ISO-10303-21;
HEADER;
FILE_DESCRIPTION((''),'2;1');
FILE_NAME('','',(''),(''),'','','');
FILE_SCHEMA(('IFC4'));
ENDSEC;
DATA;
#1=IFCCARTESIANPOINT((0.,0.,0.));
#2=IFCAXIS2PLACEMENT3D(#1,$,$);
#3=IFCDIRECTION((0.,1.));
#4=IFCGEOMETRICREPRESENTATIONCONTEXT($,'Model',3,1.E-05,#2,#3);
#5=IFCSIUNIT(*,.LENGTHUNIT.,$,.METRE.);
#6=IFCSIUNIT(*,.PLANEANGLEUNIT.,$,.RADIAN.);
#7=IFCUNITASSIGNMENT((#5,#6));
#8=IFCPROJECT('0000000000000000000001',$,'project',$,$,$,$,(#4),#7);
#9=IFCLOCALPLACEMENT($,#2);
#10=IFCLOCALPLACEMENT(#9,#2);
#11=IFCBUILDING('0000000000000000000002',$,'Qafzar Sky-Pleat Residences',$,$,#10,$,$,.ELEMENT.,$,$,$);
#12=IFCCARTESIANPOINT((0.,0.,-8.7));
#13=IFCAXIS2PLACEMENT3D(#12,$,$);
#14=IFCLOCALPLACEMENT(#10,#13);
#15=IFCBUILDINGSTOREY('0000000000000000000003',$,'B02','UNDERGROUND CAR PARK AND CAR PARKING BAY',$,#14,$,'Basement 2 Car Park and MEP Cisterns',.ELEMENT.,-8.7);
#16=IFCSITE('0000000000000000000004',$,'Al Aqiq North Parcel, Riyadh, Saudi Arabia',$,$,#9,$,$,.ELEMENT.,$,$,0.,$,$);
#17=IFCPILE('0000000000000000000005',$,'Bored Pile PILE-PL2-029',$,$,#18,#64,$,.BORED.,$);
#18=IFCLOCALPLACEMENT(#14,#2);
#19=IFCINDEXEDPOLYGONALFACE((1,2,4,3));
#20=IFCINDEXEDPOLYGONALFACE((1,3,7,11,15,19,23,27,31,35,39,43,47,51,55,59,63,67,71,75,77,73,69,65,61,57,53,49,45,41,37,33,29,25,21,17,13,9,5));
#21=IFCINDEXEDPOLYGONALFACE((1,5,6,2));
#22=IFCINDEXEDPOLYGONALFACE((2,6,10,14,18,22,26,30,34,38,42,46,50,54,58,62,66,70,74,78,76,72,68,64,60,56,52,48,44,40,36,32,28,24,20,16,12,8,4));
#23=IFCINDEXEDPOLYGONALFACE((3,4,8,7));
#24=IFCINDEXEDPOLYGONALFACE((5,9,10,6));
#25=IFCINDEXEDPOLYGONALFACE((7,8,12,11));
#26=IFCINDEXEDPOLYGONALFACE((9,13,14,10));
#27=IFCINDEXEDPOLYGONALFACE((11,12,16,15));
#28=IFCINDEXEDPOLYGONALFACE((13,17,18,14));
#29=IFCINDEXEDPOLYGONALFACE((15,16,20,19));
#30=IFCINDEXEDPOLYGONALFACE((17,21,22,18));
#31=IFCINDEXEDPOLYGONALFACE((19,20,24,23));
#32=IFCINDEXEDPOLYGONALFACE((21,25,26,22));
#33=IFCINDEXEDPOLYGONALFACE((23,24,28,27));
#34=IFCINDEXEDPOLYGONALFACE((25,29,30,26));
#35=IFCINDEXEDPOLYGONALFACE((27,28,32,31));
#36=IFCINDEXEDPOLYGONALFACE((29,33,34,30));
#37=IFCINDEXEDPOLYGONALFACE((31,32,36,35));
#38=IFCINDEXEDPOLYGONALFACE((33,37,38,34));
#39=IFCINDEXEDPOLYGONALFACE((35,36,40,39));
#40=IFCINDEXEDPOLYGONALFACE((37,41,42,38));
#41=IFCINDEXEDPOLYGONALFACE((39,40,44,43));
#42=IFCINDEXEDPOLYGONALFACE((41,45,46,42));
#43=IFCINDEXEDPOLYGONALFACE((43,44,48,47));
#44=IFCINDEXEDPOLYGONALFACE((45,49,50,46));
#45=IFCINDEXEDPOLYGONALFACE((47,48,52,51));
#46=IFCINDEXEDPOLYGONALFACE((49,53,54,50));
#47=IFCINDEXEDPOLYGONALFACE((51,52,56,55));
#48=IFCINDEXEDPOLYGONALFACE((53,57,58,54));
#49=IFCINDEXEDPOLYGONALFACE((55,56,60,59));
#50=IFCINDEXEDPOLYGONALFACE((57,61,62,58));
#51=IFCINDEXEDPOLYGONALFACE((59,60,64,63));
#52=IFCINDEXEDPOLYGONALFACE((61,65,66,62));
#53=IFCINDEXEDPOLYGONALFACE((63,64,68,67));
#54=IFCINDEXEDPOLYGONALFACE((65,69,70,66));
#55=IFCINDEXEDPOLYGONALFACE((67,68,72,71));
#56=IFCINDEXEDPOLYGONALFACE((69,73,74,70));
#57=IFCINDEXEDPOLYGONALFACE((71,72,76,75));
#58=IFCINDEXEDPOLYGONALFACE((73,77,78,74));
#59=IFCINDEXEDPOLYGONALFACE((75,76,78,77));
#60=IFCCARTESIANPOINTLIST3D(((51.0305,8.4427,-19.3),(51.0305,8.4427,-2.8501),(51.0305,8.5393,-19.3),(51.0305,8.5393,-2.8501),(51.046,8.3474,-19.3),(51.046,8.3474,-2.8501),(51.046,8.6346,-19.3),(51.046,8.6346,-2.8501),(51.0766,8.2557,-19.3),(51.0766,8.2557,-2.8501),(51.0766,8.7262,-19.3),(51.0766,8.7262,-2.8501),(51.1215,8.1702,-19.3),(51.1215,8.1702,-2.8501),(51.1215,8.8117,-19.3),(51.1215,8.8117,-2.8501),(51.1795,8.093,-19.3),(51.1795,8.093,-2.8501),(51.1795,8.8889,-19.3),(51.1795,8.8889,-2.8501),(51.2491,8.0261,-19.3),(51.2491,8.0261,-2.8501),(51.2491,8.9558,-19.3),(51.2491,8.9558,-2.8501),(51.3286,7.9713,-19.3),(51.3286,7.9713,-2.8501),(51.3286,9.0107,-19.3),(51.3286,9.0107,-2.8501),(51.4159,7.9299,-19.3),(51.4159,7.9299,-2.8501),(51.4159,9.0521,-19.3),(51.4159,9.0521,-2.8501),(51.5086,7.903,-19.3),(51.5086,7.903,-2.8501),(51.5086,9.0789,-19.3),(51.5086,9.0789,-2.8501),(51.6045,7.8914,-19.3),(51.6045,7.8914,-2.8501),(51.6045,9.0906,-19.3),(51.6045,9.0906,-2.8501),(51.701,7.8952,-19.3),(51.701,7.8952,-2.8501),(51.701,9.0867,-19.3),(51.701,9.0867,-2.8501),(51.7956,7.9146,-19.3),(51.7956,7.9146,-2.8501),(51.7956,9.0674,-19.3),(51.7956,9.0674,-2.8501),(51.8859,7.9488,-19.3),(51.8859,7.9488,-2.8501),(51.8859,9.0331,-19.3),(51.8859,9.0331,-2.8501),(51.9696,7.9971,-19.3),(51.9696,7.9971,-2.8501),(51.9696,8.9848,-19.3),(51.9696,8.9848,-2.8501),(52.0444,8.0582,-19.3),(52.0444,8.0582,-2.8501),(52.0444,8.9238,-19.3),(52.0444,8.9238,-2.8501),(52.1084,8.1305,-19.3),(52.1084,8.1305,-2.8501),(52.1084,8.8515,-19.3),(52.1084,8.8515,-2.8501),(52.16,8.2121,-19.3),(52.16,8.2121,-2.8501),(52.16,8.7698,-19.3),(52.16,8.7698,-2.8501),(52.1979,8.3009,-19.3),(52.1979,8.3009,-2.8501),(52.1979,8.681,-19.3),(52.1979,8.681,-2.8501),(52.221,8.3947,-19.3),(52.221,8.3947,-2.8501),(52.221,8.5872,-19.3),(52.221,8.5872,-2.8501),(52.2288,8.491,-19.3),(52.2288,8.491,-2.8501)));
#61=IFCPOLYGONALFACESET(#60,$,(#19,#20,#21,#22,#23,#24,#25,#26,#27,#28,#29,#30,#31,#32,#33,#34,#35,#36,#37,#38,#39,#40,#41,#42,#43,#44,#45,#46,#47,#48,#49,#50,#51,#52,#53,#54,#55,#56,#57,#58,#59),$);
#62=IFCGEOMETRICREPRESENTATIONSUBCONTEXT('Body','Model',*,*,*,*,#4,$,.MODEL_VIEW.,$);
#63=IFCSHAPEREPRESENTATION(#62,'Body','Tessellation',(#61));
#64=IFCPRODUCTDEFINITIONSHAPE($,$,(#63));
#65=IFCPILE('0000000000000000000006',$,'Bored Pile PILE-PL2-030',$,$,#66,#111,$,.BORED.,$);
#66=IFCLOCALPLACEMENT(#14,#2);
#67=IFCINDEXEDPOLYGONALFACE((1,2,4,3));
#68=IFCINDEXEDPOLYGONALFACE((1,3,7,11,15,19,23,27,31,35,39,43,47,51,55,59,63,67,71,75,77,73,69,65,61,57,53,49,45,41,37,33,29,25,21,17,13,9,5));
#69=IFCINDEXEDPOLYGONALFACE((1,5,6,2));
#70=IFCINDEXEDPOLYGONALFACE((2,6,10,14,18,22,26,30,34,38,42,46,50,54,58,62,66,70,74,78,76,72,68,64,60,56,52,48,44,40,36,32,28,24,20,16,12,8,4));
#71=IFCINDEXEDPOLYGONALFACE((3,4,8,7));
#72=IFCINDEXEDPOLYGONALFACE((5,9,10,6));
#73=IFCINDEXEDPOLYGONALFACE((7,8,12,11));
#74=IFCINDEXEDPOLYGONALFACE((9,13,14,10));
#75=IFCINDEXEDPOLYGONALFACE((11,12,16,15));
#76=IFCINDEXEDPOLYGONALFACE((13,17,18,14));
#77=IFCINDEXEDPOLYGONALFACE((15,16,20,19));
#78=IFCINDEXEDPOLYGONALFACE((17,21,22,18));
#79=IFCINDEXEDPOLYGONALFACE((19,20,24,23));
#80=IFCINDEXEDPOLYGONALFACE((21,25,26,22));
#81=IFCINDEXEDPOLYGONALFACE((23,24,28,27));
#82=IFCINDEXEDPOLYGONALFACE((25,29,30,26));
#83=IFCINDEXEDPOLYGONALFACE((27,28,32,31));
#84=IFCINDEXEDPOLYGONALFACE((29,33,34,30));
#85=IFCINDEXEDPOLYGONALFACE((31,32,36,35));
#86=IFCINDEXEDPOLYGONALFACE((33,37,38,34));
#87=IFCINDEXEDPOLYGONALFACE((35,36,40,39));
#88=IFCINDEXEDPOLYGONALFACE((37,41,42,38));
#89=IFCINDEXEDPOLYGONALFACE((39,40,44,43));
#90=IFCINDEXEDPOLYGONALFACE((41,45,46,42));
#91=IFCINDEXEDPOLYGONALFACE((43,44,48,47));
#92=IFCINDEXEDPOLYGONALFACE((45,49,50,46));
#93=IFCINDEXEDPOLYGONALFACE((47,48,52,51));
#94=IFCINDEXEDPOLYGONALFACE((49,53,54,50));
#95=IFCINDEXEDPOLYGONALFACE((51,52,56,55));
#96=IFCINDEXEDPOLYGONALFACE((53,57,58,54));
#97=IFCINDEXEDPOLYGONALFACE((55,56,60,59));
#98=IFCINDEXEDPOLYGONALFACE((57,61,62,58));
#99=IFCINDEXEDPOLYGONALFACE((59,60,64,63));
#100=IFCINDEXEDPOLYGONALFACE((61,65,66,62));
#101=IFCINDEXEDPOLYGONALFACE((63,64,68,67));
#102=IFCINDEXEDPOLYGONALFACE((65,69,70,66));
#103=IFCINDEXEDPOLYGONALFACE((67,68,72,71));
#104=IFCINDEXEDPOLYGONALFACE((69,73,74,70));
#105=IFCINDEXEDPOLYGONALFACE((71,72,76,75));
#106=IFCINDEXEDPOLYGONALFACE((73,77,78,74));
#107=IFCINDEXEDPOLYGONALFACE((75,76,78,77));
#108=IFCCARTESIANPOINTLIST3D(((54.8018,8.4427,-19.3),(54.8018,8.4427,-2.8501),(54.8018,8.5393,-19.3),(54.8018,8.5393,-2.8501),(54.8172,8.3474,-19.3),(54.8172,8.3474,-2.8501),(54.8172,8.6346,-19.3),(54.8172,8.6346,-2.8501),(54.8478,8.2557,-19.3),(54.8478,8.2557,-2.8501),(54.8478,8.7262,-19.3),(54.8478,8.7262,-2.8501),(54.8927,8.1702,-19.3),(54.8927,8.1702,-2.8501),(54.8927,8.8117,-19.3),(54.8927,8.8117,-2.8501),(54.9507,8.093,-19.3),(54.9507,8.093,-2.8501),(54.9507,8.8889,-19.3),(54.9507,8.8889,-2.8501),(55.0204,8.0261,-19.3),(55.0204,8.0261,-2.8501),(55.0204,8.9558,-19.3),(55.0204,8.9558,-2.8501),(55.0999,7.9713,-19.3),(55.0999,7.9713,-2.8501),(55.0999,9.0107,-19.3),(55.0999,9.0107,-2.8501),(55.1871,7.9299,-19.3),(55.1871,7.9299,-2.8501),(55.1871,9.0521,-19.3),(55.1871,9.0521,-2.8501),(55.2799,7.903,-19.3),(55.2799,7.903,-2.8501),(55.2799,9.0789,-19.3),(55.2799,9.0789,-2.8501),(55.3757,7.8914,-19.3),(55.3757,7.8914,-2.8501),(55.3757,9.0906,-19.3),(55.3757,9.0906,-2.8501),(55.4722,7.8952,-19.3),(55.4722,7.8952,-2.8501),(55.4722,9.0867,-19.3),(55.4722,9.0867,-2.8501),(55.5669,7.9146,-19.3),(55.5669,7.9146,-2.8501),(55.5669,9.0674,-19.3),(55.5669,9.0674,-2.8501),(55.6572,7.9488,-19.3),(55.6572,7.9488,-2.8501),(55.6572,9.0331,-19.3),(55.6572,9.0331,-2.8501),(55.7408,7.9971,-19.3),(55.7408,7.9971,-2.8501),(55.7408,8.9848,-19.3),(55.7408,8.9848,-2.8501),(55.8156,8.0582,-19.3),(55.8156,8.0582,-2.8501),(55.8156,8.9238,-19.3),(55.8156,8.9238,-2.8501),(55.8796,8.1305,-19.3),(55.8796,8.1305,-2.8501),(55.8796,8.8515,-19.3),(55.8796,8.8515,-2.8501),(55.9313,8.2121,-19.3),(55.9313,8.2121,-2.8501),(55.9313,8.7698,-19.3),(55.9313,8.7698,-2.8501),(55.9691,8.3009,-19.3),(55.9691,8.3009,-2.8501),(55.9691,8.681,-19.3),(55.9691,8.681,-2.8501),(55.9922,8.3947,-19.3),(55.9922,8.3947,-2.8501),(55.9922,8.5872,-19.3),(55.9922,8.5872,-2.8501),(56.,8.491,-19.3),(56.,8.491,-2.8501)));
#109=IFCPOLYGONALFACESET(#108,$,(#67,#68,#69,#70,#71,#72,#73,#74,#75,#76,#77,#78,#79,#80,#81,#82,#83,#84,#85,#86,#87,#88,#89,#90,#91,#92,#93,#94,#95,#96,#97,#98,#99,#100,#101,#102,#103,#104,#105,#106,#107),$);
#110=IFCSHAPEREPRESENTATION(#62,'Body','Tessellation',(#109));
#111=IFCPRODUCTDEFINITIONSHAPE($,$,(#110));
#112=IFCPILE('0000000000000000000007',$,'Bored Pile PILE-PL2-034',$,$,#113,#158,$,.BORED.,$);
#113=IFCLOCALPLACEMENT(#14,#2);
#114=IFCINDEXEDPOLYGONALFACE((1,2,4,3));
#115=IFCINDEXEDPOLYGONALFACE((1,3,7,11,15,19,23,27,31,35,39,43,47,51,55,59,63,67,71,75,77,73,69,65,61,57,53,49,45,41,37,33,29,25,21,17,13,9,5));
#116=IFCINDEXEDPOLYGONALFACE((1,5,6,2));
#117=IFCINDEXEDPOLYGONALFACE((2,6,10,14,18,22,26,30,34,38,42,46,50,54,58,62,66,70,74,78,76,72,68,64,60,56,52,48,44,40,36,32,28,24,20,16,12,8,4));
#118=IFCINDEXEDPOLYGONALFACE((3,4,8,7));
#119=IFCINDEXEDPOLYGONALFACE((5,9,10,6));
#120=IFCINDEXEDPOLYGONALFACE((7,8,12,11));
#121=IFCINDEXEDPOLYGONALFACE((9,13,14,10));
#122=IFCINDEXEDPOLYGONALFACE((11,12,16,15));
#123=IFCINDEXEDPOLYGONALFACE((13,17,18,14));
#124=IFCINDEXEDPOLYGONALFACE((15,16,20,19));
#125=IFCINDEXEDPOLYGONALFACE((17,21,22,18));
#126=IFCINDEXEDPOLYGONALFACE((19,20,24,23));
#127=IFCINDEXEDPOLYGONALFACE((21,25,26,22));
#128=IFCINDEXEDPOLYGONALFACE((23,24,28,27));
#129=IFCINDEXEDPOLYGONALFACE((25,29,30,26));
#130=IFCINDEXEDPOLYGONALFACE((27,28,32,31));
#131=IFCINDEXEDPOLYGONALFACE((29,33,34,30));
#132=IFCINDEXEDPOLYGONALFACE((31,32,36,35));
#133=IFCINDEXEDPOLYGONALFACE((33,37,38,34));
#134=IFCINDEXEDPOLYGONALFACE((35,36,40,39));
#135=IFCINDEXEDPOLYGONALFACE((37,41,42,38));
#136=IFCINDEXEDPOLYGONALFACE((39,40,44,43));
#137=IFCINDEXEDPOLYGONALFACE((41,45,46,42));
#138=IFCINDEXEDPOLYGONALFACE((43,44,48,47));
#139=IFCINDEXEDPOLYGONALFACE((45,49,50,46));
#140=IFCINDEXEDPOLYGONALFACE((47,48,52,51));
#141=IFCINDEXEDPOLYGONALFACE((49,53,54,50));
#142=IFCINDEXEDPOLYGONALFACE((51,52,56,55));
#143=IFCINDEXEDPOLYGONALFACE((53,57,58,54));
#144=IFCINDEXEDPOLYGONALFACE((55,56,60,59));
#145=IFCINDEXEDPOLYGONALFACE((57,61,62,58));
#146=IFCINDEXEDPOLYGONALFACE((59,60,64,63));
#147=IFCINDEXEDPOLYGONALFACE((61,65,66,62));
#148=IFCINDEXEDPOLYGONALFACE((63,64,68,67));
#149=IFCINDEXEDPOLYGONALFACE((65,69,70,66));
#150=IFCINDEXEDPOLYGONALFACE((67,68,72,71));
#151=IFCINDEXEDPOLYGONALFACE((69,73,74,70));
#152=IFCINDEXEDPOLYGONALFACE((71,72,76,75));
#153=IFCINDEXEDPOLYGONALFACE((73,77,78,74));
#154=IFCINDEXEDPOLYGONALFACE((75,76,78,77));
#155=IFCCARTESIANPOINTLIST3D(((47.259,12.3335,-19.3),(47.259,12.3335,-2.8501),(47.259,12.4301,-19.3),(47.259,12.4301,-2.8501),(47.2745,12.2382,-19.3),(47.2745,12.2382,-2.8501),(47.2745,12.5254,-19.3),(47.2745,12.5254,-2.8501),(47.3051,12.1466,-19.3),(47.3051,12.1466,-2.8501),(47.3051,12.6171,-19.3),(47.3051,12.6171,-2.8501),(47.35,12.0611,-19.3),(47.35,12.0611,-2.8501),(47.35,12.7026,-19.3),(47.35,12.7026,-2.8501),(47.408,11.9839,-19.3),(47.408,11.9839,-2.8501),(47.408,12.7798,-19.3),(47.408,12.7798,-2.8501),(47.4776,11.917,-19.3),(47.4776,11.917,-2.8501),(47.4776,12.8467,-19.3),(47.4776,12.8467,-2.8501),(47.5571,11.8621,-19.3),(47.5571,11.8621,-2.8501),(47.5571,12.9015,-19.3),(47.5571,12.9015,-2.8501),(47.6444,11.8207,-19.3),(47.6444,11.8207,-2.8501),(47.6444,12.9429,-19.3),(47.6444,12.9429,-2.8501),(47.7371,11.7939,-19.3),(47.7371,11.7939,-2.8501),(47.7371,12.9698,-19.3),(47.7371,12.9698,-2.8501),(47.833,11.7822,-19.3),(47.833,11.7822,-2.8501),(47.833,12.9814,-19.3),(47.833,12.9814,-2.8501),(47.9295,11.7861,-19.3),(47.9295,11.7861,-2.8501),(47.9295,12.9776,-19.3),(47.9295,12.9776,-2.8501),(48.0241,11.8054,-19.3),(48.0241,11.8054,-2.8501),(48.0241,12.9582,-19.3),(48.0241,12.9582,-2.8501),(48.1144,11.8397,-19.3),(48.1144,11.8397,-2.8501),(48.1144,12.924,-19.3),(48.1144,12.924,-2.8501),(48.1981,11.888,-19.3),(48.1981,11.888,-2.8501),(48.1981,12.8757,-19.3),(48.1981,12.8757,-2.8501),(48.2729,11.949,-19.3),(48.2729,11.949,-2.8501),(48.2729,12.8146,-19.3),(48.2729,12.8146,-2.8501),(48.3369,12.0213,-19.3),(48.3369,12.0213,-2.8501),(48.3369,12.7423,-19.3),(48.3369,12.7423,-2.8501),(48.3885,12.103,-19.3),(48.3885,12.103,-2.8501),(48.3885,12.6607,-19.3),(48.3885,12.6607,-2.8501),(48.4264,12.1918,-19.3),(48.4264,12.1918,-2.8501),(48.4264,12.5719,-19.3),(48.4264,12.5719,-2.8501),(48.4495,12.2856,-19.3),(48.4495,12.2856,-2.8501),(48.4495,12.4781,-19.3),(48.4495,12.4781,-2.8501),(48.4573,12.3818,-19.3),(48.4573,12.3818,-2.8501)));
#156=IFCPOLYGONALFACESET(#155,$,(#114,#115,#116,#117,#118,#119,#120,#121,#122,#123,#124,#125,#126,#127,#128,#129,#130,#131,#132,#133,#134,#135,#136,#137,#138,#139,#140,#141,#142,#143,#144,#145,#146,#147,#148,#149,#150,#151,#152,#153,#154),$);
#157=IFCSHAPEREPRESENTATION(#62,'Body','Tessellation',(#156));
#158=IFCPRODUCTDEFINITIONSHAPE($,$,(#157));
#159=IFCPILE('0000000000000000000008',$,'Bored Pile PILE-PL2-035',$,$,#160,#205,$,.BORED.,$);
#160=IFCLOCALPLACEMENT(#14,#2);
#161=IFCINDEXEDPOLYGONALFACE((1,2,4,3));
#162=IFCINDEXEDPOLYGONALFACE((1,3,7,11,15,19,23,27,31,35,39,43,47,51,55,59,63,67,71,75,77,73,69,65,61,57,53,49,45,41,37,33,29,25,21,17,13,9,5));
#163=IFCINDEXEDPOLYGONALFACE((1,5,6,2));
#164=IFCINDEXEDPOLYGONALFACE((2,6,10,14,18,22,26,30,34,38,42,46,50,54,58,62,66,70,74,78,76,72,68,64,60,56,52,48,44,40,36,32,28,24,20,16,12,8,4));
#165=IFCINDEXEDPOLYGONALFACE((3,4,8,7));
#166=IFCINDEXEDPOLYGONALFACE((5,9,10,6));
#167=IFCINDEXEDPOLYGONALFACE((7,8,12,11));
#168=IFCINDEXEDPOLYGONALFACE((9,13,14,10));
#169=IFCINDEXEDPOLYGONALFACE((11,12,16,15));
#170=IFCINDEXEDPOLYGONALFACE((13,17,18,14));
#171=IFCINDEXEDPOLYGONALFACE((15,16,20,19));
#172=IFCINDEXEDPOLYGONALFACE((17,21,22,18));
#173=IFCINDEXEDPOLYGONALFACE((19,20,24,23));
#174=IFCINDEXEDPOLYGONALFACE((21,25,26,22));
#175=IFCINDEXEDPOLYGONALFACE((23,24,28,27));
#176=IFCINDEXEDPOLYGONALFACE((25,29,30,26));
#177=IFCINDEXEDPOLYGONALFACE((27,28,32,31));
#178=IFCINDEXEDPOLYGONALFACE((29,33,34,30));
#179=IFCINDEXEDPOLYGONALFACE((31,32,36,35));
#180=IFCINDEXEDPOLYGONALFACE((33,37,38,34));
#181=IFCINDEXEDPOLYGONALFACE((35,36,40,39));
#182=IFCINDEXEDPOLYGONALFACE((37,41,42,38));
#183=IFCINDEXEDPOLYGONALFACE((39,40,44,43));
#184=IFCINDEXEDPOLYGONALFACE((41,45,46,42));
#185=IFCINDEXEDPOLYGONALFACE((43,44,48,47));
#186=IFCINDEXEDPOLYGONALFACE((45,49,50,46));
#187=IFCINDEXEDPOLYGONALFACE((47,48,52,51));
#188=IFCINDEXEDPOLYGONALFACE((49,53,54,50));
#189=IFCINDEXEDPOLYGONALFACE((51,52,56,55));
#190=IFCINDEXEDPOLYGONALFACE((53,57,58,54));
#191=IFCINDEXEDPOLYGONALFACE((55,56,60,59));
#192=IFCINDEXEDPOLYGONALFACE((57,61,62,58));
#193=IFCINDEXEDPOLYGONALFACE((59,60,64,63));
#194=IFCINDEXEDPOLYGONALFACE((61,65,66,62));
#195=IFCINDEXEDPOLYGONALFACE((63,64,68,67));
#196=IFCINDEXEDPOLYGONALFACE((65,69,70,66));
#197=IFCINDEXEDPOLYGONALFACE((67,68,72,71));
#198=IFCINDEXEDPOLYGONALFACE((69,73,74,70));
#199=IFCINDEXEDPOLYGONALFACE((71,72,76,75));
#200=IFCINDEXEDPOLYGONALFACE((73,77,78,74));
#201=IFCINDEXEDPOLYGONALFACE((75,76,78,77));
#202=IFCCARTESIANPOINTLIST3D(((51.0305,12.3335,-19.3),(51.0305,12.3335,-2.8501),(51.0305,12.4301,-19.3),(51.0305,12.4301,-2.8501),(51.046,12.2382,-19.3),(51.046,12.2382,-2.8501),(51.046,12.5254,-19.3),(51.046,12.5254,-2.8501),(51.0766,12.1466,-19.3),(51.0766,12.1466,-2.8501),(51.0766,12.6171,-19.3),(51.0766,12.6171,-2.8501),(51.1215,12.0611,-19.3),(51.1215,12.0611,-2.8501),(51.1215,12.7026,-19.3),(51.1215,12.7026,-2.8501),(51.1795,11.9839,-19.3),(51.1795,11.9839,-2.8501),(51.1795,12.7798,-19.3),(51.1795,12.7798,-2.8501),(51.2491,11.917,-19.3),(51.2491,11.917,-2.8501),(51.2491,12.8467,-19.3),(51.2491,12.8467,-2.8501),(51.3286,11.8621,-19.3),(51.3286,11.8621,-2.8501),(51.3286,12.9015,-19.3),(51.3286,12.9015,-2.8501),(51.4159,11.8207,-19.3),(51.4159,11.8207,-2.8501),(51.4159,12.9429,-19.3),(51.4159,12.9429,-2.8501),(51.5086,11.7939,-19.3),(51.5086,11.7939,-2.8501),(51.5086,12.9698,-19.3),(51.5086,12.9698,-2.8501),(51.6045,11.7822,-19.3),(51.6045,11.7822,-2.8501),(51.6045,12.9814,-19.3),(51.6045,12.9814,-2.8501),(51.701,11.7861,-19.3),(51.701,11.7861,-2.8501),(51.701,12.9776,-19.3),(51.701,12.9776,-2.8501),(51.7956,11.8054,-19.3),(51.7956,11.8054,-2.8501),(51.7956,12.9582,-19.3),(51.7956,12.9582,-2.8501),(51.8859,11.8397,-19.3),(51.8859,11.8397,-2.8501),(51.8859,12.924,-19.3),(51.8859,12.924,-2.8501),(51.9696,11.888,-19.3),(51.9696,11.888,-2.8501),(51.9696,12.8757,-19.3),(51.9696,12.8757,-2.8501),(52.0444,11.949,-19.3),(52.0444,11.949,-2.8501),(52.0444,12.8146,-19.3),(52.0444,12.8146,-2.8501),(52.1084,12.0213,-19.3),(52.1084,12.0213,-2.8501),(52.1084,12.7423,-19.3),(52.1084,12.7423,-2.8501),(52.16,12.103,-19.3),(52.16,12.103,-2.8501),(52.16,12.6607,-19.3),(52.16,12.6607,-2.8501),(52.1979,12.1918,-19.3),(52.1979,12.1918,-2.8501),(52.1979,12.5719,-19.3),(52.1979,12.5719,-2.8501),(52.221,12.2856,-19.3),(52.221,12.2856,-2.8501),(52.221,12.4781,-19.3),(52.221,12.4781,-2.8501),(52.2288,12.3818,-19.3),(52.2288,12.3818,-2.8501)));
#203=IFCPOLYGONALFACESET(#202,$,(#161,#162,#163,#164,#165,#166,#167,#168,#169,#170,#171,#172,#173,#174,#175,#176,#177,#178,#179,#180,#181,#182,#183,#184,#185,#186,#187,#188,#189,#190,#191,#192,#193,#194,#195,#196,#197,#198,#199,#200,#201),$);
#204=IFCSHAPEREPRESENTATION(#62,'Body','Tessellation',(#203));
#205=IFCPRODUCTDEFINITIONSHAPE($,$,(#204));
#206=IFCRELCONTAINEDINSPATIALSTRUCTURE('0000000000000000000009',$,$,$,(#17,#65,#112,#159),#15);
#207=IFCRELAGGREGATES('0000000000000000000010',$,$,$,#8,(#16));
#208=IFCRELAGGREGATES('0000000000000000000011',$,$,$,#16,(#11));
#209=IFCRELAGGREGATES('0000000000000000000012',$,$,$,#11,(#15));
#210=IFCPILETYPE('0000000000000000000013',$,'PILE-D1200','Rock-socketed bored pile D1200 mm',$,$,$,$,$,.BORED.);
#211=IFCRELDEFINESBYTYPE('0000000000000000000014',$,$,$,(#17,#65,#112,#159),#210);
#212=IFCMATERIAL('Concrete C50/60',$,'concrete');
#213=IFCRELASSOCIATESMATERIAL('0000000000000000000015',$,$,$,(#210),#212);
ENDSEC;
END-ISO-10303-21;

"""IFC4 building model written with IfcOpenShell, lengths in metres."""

from ifc_helpers import new_model, si_unit, direction, frame, origin, origin_2d, place, context, subcontext, project, spatial, circle, extrude, source, transform, mapped, material, material_profile, profile_set, type_object, element, save


model = new_model("IFC4")

# Units and contexts
model_context = context("Model", 3, precision=1e-05, world=origin(), true_north=direction((0.0, 1.0)))
body_context = subcontext(model_context, "Body", "Model", "MODEL_VIEW")
ifc_project = project(units=[si_unit("LENGTHUNIT", "METRE"), si_unit("PLANEANGLEUNIT", "RADIAN")], contexts=[model_context])

# Site, building, storey
site_placement = place(None, origin())
site = spatial("IfcSite", under=ifc_project, at=site_placement, Name="Al Aqiq North Parcel, Riyadh, Saudi Arabia", CompositionType="ELEMENT", RefElevation=0.0)
building_placement = place(site_placement, origin())
building = spatial("IfcBuilding", under=site, at=building_placement, Name="Qafzar Sky-Pleat Residences", CompositionType="ELEMENT")
storey_placement = place(building_placement, frame((0.0, 0.0, -8.7)))
storey = spatial("IfcBuildingStorey", under=building, at=storey_placement, Name="B02", Description="UNDERGROUND CAR PARK AND CAR PARKING BAY", LongName="Basement 2 Car Park and MEP Cisterns", CompositionType="ELEMENT", Elevation=-8.7)

# Piles
ifc_material_1 = material(Name="Concrete C50/60", Category="concrete")
ifc_material_profile_1 = material_profile(ifc_material_1, circle(Radius=0.6001, at=origin_2d()), Name="PILE D1200")
ifc_profile_set_1 = profile_set([ifc_material_profile_1], Name="Concrete C50/60")
pile_type = type_object("IfcPileType", Name="PILE-D1200", Description="Rock-socketed bored pile D1200 mm", PredefinedType="BORED", material=ifc_profile_set_1)
shared_shape_1 = source(origin(), body_context, "Body", "SweptSolid", [
    extrude(circle(Radius=0.6001, at=origin_2d()), origin(), (0.0, 0.0, 1.0), 16.45),
])
for number, where, z_axis, x_axis, name in (
    (1, (51.6287, 8.491, -2.8501), (0.0, 0.0, -1.0), (1.0, 0.0, 0.0), "Bored Pile PILE-PL2-029"),
    (2, (55.3999, 8.491, -2.8501), (0.0, 0.0, -1.0), (1.0, 0.0, 0.0), "Bored Pile PILE-PL2-030"),
    (3, (47.8572, 12.3818, -2.8501), (0.0, 0.0, -1.0), (1.0, 0.0, 0.0), "Bored Pile PILE-PL2-034"),
    (4, (51.6287, 12.3818, -2.8501), (0.0, 0.0, -1.0), (1.0, 0.0, 0.0), "Bored Pile PILE-PL2-035"),
):
    element("IfcPile", number, at=place(storey_placement, frame(where, z_axis=z_axis, x_axis=x_axis)), inside=storey, type_object=pile_type, Name=name, PredefinedType="BORED", context=body_context, shape_type="MappedRepresentation", body=[
        mapped(shared_shape_1, transform((0.0, 0.0, 0.0), x_axis=(1.0, 0.0, 0.0), y_axis=(0.0, 1.0, 0.0), z_axis=(0.0, 0.0, 1.0), scale=1.0)),
    ])

save(model, "model.ifc")
